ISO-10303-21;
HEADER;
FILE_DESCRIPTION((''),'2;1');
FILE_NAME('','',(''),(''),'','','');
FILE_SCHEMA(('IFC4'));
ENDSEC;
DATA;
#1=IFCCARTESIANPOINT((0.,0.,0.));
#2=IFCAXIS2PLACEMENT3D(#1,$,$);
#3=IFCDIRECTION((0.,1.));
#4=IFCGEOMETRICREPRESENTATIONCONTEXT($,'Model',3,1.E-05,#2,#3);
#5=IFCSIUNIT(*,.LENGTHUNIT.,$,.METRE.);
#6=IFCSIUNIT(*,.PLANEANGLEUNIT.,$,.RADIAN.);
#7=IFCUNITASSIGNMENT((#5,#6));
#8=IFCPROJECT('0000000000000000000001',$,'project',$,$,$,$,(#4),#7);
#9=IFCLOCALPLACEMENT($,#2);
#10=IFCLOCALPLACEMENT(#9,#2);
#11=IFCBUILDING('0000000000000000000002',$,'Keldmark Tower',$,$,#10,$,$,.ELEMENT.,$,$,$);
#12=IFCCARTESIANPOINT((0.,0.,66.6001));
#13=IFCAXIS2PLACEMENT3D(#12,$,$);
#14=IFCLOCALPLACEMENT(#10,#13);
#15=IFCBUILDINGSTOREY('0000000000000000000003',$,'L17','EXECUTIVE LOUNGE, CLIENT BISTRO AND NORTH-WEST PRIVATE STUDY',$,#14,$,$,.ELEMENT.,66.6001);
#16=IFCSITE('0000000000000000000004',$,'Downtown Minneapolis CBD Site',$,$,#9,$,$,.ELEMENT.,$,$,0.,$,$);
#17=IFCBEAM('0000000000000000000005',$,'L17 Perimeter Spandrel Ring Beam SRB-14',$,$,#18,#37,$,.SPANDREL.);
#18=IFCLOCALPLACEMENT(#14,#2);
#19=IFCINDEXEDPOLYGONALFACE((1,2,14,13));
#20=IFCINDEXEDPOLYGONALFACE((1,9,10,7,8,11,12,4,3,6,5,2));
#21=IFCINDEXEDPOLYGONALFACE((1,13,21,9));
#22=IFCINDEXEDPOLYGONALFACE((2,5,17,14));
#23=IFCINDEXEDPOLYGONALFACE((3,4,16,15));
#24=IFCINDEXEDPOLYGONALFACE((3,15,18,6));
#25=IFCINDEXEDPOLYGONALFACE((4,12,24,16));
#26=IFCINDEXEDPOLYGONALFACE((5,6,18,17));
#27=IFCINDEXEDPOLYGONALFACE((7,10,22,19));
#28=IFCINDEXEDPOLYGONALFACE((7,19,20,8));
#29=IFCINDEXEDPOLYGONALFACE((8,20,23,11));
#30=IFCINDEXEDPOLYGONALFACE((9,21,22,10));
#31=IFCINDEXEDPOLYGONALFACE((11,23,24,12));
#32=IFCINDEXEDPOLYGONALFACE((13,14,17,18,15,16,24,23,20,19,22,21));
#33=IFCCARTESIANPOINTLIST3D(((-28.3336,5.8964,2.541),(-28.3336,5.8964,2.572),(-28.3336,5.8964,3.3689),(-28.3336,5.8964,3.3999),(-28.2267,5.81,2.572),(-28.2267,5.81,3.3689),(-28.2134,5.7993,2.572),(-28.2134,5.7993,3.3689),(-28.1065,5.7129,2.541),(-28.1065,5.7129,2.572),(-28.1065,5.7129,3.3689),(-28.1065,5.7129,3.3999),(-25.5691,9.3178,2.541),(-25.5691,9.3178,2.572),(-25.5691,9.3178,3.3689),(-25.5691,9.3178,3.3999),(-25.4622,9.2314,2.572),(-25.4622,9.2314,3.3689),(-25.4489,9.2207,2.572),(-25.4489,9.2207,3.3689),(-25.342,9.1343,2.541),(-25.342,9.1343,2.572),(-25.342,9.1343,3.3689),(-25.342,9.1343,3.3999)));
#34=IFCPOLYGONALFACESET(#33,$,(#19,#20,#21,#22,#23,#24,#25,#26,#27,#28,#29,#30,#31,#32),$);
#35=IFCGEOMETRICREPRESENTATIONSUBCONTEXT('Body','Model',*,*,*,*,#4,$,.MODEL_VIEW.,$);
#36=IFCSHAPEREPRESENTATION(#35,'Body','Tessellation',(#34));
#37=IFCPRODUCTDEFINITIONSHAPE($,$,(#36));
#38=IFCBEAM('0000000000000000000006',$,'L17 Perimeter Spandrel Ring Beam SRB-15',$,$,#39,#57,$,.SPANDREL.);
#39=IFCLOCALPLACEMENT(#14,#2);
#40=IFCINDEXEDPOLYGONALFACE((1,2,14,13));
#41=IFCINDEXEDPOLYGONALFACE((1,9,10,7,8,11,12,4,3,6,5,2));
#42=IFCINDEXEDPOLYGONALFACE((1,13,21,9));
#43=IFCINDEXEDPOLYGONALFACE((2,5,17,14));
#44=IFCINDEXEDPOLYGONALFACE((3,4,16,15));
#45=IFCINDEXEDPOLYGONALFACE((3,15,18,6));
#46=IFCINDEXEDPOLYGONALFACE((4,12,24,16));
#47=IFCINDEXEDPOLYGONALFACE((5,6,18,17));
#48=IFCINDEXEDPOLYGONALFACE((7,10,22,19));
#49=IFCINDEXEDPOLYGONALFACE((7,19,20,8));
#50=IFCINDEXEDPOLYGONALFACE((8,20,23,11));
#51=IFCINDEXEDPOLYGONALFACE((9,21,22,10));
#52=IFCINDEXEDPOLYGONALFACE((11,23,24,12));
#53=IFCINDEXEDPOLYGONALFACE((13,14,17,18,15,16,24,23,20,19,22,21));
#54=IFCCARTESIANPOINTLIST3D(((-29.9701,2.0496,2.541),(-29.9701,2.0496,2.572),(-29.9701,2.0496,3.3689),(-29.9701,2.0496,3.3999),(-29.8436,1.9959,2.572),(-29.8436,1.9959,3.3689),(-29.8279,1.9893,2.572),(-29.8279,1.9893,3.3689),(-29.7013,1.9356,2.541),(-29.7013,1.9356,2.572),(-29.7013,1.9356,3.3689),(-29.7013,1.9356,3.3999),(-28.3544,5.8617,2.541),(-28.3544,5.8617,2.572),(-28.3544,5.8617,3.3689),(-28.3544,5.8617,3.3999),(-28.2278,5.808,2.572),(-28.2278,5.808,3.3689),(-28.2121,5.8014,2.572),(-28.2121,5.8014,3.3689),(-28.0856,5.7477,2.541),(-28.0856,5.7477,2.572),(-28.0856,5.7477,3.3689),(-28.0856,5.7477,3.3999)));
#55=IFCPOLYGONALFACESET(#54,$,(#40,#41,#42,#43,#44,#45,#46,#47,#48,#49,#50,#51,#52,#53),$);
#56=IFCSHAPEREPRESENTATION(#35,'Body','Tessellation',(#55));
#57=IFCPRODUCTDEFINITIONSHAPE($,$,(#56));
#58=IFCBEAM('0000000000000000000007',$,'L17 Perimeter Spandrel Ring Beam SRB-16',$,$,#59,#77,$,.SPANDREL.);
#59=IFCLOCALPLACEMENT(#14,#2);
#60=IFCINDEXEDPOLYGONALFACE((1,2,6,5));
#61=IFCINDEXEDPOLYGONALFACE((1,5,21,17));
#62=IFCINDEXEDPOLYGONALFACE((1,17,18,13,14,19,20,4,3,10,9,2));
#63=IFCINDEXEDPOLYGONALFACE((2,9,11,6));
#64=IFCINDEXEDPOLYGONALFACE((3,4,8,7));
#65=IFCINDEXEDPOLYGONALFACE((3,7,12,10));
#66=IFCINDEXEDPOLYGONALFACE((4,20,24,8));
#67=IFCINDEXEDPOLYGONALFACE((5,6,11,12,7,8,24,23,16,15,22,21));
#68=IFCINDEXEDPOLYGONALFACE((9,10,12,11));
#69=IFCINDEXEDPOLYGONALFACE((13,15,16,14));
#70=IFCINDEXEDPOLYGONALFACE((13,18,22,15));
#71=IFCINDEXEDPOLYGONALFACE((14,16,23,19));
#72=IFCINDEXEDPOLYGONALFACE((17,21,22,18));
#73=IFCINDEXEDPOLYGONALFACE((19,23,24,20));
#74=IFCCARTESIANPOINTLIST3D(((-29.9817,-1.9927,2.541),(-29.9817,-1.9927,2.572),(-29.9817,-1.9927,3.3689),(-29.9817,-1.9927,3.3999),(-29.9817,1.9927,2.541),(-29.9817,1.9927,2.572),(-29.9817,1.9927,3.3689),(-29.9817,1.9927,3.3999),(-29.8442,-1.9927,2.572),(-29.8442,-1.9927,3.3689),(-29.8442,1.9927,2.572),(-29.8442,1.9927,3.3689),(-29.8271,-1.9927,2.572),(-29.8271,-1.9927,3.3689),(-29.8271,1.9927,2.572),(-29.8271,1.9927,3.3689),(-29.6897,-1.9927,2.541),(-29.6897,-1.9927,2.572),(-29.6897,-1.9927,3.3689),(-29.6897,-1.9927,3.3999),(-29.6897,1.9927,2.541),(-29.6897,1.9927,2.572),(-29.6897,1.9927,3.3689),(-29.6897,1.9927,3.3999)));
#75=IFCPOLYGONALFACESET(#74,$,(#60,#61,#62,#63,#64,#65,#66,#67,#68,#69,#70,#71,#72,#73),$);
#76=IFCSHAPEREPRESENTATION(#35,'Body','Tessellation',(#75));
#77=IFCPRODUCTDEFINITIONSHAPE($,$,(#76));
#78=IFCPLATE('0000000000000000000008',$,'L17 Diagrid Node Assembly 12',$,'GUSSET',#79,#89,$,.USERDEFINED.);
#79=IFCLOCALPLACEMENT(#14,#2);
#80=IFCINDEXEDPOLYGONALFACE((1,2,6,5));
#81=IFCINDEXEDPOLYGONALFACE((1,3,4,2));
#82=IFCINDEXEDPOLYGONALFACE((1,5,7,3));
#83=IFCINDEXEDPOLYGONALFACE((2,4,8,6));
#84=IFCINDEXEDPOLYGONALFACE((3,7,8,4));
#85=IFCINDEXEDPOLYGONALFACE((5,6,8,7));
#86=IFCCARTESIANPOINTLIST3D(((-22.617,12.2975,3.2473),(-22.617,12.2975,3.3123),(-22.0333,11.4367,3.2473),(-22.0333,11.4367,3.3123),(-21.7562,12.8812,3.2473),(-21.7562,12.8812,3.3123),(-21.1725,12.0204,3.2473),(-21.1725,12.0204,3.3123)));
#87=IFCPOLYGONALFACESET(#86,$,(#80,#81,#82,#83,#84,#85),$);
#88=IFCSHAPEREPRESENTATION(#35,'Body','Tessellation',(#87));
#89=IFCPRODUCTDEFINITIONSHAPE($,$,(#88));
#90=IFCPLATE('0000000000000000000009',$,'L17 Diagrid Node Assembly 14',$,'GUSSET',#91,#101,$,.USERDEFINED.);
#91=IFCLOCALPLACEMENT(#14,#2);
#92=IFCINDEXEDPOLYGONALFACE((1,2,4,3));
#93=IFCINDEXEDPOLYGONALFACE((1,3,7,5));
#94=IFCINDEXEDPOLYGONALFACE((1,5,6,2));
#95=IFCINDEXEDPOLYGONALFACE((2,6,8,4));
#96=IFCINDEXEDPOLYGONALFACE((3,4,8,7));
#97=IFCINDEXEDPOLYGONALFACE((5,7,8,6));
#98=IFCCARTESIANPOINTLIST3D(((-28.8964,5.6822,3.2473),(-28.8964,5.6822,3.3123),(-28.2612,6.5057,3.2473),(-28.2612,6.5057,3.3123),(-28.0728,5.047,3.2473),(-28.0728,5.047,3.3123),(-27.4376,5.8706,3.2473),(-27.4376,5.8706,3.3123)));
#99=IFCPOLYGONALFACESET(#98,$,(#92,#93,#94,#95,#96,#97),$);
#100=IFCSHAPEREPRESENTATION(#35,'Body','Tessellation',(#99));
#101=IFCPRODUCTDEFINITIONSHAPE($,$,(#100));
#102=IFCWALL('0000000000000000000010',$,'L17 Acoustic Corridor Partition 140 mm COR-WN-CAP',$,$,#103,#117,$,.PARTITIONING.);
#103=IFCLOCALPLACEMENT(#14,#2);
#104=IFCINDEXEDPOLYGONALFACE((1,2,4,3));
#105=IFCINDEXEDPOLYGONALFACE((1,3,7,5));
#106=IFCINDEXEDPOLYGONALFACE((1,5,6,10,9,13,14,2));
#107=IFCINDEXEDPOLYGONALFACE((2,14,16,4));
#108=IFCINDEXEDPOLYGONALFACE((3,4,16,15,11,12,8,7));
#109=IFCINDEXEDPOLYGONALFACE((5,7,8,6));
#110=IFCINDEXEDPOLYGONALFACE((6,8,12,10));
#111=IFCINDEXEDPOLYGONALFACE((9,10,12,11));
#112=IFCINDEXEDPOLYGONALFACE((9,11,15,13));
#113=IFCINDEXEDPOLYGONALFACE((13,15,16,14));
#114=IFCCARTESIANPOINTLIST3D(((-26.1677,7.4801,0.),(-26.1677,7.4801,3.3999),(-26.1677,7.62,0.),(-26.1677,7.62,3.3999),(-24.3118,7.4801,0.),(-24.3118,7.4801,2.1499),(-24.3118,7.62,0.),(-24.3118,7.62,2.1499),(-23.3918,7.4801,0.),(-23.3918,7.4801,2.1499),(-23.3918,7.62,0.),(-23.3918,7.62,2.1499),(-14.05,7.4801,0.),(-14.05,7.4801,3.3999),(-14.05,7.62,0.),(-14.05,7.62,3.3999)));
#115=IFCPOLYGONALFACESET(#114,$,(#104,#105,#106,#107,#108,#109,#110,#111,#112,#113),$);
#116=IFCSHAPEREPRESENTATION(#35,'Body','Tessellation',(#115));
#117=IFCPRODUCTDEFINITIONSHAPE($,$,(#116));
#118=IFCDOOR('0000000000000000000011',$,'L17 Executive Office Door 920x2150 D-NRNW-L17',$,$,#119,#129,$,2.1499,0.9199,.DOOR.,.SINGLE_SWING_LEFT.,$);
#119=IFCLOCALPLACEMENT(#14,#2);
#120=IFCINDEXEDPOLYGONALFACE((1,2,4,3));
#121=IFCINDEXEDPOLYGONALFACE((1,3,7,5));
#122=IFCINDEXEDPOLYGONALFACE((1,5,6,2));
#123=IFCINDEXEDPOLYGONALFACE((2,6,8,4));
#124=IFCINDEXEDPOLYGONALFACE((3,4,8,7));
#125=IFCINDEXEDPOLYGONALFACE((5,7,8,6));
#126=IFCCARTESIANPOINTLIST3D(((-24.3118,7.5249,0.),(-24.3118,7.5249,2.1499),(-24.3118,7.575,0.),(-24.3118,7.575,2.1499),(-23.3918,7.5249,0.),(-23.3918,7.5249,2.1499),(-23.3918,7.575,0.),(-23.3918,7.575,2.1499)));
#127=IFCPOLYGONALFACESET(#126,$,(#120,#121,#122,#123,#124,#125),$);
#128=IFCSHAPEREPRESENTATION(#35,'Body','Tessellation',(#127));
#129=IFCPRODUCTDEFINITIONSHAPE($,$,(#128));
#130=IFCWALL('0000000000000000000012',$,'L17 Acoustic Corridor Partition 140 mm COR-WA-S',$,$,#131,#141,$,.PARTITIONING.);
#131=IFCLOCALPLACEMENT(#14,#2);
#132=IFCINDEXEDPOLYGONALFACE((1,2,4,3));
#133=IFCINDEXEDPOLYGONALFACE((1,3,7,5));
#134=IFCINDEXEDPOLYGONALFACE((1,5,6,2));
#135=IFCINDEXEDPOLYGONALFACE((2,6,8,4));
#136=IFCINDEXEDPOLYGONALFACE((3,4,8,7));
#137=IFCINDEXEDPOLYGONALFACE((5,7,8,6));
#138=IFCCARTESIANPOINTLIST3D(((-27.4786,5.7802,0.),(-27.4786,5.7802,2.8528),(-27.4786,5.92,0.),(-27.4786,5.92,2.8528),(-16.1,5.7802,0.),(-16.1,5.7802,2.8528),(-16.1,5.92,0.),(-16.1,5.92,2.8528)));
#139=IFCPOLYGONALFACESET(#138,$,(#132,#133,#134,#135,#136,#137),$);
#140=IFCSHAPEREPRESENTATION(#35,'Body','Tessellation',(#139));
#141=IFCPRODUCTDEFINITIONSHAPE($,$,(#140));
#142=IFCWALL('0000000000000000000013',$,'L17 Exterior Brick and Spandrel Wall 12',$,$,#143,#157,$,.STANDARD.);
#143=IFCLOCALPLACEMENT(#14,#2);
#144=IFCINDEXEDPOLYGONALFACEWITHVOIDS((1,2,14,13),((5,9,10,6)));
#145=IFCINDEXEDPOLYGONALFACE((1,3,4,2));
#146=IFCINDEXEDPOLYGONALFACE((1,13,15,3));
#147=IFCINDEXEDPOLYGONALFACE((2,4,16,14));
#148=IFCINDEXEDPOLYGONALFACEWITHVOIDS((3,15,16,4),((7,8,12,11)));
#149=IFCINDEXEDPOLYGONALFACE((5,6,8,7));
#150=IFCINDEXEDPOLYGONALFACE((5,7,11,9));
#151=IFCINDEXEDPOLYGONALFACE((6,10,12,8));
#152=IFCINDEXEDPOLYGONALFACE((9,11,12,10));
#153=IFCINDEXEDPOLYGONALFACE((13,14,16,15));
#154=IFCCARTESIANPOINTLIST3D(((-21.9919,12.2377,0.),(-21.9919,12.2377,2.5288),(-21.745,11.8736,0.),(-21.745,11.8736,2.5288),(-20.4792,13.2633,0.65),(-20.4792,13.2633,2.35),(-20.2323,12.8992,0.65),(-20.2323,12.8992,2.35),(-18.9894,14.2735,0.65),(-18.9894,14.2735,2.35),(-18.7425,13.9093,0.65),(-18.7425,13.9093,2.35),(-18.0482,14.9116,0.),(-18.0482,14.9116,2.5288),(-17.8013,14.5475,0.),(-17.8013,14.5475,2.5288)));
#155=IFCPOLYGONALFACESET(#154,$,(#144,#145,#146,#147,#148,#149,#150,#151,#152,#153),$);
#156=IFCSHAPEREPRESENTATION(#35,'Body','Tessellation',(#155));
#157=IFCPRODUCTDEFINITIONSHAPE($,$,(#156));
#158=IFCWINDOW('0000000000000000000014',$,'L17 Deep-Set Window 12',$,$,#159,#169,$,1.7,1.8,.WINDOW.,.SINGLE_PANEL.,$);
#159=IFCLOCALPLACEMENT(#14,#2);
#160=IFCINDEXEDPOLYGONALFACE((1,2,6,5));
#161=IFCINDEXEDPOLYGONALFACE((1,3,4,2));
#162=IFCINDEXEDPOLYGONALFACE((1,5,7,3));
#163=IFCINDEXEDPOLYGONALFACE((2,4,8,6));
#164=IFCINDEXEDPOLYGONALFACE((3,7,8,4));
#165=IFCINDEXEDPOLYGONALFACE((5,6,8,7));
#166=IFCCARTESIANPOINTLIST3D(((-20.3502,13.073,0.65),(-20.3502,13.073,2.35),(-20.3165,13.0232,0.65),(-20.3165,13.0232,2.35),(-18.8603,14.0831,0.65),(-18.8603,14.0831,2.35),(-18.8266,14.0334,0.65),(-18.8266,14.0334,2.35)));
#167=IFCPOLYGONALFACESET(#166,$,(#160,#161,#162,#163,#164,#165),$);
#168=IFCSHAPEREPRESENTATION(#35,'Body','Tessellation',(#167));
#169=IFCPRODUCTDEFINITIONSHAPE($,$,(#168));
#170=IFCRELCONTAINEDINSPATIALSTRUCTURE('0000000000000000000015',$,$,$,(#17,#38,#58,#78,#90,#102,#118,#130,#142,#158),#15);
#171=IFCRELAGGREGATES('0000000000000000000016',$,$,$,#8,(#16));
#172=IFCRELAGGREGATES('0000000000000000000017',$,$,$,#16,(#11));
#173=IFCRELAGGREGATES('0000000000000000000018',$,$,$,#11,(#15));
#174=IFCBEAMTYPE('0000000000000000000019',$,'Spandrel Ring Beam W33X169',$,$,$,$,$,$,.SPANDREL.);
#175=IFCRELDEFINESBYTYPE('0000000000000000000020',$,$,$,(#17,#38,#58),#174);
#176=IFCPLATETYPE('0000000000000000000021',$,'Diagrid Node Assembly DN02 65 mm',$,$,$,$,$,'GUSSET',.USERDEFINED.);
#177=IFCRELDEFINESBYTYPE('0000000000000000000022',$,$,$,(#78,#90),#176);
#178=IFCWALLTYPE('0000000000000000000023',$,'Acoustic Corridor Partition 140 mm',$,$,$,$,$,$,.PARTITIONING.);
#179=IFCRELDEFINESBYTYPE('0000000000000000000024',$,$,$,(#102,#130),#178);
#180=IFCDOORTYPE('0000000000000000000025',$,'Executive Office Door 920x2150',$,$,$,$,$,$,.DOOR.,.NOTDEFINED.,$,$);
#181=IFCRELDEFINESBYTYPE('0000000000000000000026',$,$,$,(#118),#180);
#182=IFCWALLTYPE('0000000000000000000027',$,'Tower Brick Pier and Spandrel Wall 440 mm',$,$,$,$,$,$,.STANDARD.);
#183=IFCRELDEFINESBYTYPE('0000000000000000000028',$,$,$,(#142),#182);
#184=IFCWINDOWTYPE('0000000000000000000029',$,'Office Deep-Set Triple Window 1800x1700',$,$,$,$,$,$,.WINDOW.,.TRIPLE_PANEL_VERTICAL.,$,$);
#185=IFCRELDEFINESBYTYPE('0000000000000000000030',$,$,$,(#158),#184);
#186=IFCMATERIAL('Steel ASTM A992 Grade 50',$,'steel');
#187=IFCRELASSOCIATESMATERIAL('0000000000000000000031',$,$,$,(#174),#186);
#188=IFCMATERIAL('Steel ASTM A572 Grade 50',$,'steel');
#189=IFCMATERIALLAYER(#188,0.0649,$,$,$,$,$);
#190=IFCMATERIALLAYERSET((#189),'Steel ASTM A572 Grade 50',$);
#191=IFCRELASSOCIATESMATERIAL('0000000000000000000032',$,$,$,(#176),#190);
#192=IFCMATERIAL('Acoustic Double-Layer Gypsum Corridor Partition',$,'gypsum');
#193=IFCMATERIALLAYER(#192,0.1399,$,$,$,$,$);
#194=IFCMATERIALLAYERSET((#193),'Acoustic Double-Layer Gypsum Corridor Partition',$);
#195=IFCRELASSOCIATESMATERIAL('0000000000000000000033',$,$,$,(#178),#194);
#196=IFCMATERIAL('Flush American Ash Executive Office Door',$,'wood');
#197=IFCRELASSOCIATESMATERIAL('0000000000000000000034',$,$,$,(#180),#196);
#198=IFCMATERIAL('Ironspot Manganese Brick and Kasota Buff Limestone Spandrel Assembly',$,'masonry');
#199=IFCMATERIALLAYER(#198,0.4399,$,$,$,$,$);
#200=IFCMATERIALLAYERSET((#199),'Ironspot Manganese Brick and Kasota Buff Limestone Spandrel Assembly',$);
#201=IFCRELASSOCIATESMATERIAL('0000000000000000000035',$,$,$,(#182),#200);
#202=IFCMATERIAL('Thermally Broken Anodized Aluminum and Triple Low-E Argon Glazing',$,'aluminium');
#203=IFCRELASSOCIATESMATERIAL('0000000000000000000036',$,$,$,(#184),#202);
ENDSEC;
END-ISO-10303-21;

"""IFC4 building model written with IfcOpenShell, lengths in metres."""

from ifc_helpers import new_model, si_unit, direction, frame, frame_2d, origin, origin_2d, place, context, subcontext, project, spatial, rectangle, i_section, extrude, material, layer, layer_set, material_profile, profile_set, type_object, element, fill, save


model = new_model("IFC4")

# Units and contexts
model_context = context("Model", 3, precision=1e-05, world=origin(), true_north=direction((0.0, 1.0)))
body_context = subcontext(model_context, "Body", "Model", "MODEL_VIEW")
ifc_project = project(units=[si_unit("LENGTHUNIT", "METRE"), si_unit("PLANEANGLEUNIT", "RADIAN")], contexts=[model_context])

# Site, building, storey
site_placement = place(None, origin())
site = spatial("IfcSite", under=ifc_project, at=site_placement, Name="Downtown Minneapolis CBD Site", CompositionType="ELEMENT", RefElevation=0.0)
building_placement = place(site_placement, origin())
building = spatial("IfcBuilding", under=site, at=building_placement, Name="Keldmark Tower", CompositionType="ELEMENT")
storey_placement = place(building_placement, frame((0.0, 0.0, 66.6001)))
storey = spatial("IfcBuildingStorey", under=building, at=storey_placement, Name="L17", Description="EXECUTIVE LOUNGE, CLIENT BISTRO AND NORTH-WEST PRIVATE STUDY", CompositionType="ELEMENT", Elevation=66.6001)

# Beams
ifc_material_1 = material(Name="Steel ASTM A992 Grade 50", Category="steel")
ifc_material_profile_1 = material_profile(ifc_material_1, i_section(OverallWidth=0.292, OverallDepth=0.8589, WebThickness=0.0171, FlangeThickness=0.031, at=origin_2d()), Name="W33X169")
ifc_profile_set_1 = profile_set([ifc_material_profile_1], Name="Steel ASTM A992 Grade 50")
beam_type_1 = type_object("IfcBeamType", Name="Spandrel Ring Beam W33X169", PredefinedType="SPANDREL", material=ifc_profile_set_1)
beam_1_placement = place(storey_placement, frame((-25.4556, 9.2261, 2.9705), z_axis=(-0.628471, -0.777833, 0.0), x_axis=(0.777833, -0.628471, 0.0)))
element("IfcBeam", 1, at=beam_1_placement, inside=storey, type_object=beam_type_1, Name="L17 Perimeter Spandrel Ring Beam SRB-14", PredefinedType="SPANDREL", context=body_context, shape_type="SweptSolid", body=[
    extrude(i_section(OverallWidth=0.292, OverallDepth=0.8589, WebThickness=0.0171, FlangeThickness=0.031, at=origin_2d()), origin(), (0.0, 0.0, 1.0), 4.3987),
])
beam_2_placement = place(storey_placement, frame((-28.22, 5.8047, 2.9705), z_axis=(-0.390244, -0.920712, 0.0), x_axis=(0.920712, -0.390244, 0.0)))
element("IfcBeam", 2, at=beam_2_placement, inside=storey, type_object=beam_type_1, Name="L17 Perimeter Spandrel Ring Beam SRB-15", PredefinedType="SPANDREL", context=body_context, shape_type="SweptSolid", body=[
    extrude(i_section(OverallWidth=0.292, OverallDepth=0.8589, WebThickness=0.0171, FlangeThickness=0.031, at=origin_2d()), origin(), (0.0, 0.0, 1.0), 4.1404),
])
beam_3_placement = place(storey_placement, frame((-29.8357, 1.9927, 2.9705), z_axis=(0.0, -1.0, 0.0), x_axis=(1.0, 0.0, 0.0)))
element("IfcBeam", 3, at=beam_3_placement, inside=storey, type_object=beam_type_1, Name="L17 Perimeter Spandrel Ring Beam SRB-16", PredefinedType="SPANDREL", context=body_context, shape_type="SweptSolid", body=[
    extrude(i_section(OverallWidth=0.292, OverallDepth=0.8589, WebThickness=0.0171, FlangeThickness=0.031, at=origin_2d()), origin(), (0.0, 0.0, 1.0), 3.9854),
])

# Plates
ifc_material_2 = material(Name="Steel ASTM A572 Grade 50", Category="steel")
ifc_layer_1 = layer(ifc_material_2, 0.0649)
ifc_layer_set_1 = layer_set([ifc_layer_1], Name="Steel ASTM A572 Grade 50")
plate_type = type_object("IfcPlateType", Name="Diagrid Node Assembly DN02 65 mm", ElementType="GUSSET", PredefinedType="USERDEFINED", material=ifc_layer_set_1)
for number, where, z_axis, x_axis, name in (
    (4, (-21.8948, 12.1589, 3.2473), (0.0, 0.0, 1.0), (-0.827669, -0.561217, 0.0), "L17 Diagrid Node Assembly 12"),
    (5, (-28.167, 5.7764, 3.2473), (0.0, 0.0, 1.0), (-0.610698, -0.791863, 0.0), "L17 Diagrid Node Assembly 14"),
):
    element("IfcPlate", number, at=place(storey_placement, frame(where, z_axis=z_axis, x_axis=x_axis)), inside=storey, type_object=plate_type, Name=name, ObjectType="GUSSET", PredefinedType="USERDEFINED", context=body_context, shape_type="SweptSolid", body=[
        extrude(rectangle(XDim=1.04, YDim=1.04, at=origin_2d()), origin(), (0.0, 0.0, 1.0), 0.0649),
    ])

# Wall, opening, door
ifc_material_3 = material(Name="Acoustic Double-Layer Gypsum Corridor Partition", Category="gypsum")
ifc_layer_2 = layer(ifc_material_3, 0.1399)
ifc_layer_set_2 = layer_set([ifc_layer_2], Name="Acoustic Double-Layer Gypsum Corridor Partition")
wall_type_1 = type_object("IfcWallType", Name="Acoustic Corridor Partition 140 mm", PredefinedType="PARTITIONING", material=ifc_layer_set_2)
wall_1_placement = place(storey_placement, frame((-26.1677, 7.55, 0.0), z_axis=(0.0, 0.0, 1.0), x_axis=(1.0, 0.0, 0.0)))
wall_1 = element("IfcWall", 6, at=wall_1_placement, inside=storey, type_object=wall_type_1, Name="L17 Acoustic Corridor Partition 140 mm COR-WN-CAP", PredefinedType="PARTITIONING", context=body_context, shape_type="SweptSolid", body=[
    extrude(rectangle(XDim=12.1177, YDim=0.1399, at=frame_2d((6.0588, 0.0))), origin(), (0.0, 0.0, 1.0), 3.3999),
])
opening_1_placement = place(wall_1_placement, frame((1.856, 0.0, 0.0)))
opening_1 = element("IfcOpeningElement", 7, at=opening_1_placement, cuts=wall_1, PredefinedType="OPENING", context=body_context, shape_type="SweptSolid", body=[
    extrude(rectangle(XDim=0.9199, YDim=2.1499, at=frame_2d((0.46, 1.075))), frame((0.0, 0.0798, 0.0), z_axis=(0.0, -1.0, 0.0), x_axis=(1.0, 0.0, 0.0)), (0.0, 0.0, 1.0), 0.1599),
])
ifc_material_4 = material(Name="Flush American Ash Executive Office Door", Category="wood")
door_type = type_object("IfcDoorType", Name="Executive Office Door 920x2150", OperationType="NOTDEFINED", PredefinedType="DOOR", material=ifc_material_4)
door_placement = place(opening_1_placement, origin())
door = element("IfcDoor", 8, at=door_placement, inside=storey, type_object=door_type, Name="L17 Executive Office Door 920x2150 D-NRNW-L17", OperationType="SINGLE_SWING_LEFT", OverallHeight=2.1499, OverallWidth=0.9199, PredefinedType="DOOR", context=body_context, shape_type="SweptSolid", body=[
    extrude(rectangle(XDim=0.9199, YDim=2.1499, at=frame_2d((0.46, 1.075))), frame((0.0, 0.0249, 0.0), z_axis=(0.0, -1.0, 0.0), x_axis=(1.0, 0.0, 0.0)), (0.0, 0.0, 1.0), 0.05),
])
fill(opening_1, door)

# Wall
wall_2_placement = place(storey_placement, frame((-27.4788, 5.8501, 0.0), z_axis=(0.0, 0.0, 1.0), x_axis=(1.0, 0.0, 0.0)))
element("IfcWall", 9, at=wall_2_placement, inside=storey, type_object=wall_type_1, Name="L17 Acoustic Corridor Partition 140 mm COR-WA-S", PredefinedType="PARTITIONING", context=body_context, shape_type="SweptSolid", body=[
    extrude(rectangle(XDim=11.3787, YDim=0.1399, at=frame_2d((5.6895, 0.0))), origin(), (0.0, 0.0, 1.0), 2.8528),
])

# Wall, opening, window
ifc_material_5 = material(Name="Ironspot Manganese Brick and Kasota Buff Limestone Spandrel Assembly", Category="masonry")
ifc_layer_3 = layer(ifc_material_5, 0.4399)
ifc_layer_set_3 = layer_set([ifc_layer_3], Name="Ironspot Manganese Brick and Kasota Buff Limestone Spandrel Assembly")
wall_type_2 = type_object("IfcWallType", Name="Tower Brick Pier and Spandrel Wall 440 mm", PredefinedType="STANDARD", material=ifc_layer_set_3)
wall_3_placement = place(storey_placement, frame((-21.8684, 12.0557, 0.0), z_axis=(0.0, 0.0, 1.0), x_axis=(0.827689, 0.561187, 0.0)))
wall_3 = element("IfcWall", 10, at=wall_3_placement, inside=storey, type_object=wall_type_2, Name="L17 Exterior Brick and Spandrel Wall 12", PredefinedType="STANDARD", context=body_context, shape_type="SweptSolid", body=[
    extrude(rectangle(XDim=4.7646, YDim=0.4399, at=frame_2d((2.3823, 0.0))), origin(), (0.0, 0.0, 1.0), 2.5288),
])
opening_2_placement = place(wall_3_placement, frame((1.8276, 0.0, 0.6499)))
opening_2 = element("IfcOpeningElement", 11, at=opening_2_placement, cuts=wall_3, PredefinedType="OPENING", context=body_context, shape_type="SweptSolid", body=[
    extrude(rectangle(XDim=1.8, YDim=1.7, at=frame_2d((0.8999, 0.8501))), frame((0.0, 0.23, 0.0), z_axis=(0.0, -1.0, 0.0), x_axis=(1.0, 0.0, 0.0)), (0.0, 0.0, 1.0), 0.46),
])
ifc_material_6 = material(Name="Thermally Broken Anodized Aluminum and Triple Low-E Argon Glazing", Category="aluminium")
window_type_1 = type_object("IfcWindowType", Name="Office Deep-Set Triple Window 1800x1700", PartitioningType="TRIPLE_PANEL_VERTICAL", PredefinedType="WINDOW", material=ifc_material_6)
window_1_placement = place(opening_2_placement, origin())
window_1 = element("IfcWindow", 12, at=window_1_placement, inside=storey, type_object=window_type_1, Name="L17 Deep-Set Window 12", OverallHeight=1.7, OverallWidth=1.8, PartitioningType="SINGLE_PANEL", PredefinedType="WINDOW", context=body_context, shape_type="SweptSolid", body=[
    extrude(rectangle(XDim=1.8, YDim=1.7, at=frame_2d((0.8999, 0.8501))), frame((0.0, -0.01, 0.0), z_axis=(0.0, -1.0, 0.0), x_axis=(1.0, 0.0, 0.0)), (0.0, 0.0, 1.0), 0.0601),
])
fill(opening_2, window_1)

save(model, "model.ifc")
